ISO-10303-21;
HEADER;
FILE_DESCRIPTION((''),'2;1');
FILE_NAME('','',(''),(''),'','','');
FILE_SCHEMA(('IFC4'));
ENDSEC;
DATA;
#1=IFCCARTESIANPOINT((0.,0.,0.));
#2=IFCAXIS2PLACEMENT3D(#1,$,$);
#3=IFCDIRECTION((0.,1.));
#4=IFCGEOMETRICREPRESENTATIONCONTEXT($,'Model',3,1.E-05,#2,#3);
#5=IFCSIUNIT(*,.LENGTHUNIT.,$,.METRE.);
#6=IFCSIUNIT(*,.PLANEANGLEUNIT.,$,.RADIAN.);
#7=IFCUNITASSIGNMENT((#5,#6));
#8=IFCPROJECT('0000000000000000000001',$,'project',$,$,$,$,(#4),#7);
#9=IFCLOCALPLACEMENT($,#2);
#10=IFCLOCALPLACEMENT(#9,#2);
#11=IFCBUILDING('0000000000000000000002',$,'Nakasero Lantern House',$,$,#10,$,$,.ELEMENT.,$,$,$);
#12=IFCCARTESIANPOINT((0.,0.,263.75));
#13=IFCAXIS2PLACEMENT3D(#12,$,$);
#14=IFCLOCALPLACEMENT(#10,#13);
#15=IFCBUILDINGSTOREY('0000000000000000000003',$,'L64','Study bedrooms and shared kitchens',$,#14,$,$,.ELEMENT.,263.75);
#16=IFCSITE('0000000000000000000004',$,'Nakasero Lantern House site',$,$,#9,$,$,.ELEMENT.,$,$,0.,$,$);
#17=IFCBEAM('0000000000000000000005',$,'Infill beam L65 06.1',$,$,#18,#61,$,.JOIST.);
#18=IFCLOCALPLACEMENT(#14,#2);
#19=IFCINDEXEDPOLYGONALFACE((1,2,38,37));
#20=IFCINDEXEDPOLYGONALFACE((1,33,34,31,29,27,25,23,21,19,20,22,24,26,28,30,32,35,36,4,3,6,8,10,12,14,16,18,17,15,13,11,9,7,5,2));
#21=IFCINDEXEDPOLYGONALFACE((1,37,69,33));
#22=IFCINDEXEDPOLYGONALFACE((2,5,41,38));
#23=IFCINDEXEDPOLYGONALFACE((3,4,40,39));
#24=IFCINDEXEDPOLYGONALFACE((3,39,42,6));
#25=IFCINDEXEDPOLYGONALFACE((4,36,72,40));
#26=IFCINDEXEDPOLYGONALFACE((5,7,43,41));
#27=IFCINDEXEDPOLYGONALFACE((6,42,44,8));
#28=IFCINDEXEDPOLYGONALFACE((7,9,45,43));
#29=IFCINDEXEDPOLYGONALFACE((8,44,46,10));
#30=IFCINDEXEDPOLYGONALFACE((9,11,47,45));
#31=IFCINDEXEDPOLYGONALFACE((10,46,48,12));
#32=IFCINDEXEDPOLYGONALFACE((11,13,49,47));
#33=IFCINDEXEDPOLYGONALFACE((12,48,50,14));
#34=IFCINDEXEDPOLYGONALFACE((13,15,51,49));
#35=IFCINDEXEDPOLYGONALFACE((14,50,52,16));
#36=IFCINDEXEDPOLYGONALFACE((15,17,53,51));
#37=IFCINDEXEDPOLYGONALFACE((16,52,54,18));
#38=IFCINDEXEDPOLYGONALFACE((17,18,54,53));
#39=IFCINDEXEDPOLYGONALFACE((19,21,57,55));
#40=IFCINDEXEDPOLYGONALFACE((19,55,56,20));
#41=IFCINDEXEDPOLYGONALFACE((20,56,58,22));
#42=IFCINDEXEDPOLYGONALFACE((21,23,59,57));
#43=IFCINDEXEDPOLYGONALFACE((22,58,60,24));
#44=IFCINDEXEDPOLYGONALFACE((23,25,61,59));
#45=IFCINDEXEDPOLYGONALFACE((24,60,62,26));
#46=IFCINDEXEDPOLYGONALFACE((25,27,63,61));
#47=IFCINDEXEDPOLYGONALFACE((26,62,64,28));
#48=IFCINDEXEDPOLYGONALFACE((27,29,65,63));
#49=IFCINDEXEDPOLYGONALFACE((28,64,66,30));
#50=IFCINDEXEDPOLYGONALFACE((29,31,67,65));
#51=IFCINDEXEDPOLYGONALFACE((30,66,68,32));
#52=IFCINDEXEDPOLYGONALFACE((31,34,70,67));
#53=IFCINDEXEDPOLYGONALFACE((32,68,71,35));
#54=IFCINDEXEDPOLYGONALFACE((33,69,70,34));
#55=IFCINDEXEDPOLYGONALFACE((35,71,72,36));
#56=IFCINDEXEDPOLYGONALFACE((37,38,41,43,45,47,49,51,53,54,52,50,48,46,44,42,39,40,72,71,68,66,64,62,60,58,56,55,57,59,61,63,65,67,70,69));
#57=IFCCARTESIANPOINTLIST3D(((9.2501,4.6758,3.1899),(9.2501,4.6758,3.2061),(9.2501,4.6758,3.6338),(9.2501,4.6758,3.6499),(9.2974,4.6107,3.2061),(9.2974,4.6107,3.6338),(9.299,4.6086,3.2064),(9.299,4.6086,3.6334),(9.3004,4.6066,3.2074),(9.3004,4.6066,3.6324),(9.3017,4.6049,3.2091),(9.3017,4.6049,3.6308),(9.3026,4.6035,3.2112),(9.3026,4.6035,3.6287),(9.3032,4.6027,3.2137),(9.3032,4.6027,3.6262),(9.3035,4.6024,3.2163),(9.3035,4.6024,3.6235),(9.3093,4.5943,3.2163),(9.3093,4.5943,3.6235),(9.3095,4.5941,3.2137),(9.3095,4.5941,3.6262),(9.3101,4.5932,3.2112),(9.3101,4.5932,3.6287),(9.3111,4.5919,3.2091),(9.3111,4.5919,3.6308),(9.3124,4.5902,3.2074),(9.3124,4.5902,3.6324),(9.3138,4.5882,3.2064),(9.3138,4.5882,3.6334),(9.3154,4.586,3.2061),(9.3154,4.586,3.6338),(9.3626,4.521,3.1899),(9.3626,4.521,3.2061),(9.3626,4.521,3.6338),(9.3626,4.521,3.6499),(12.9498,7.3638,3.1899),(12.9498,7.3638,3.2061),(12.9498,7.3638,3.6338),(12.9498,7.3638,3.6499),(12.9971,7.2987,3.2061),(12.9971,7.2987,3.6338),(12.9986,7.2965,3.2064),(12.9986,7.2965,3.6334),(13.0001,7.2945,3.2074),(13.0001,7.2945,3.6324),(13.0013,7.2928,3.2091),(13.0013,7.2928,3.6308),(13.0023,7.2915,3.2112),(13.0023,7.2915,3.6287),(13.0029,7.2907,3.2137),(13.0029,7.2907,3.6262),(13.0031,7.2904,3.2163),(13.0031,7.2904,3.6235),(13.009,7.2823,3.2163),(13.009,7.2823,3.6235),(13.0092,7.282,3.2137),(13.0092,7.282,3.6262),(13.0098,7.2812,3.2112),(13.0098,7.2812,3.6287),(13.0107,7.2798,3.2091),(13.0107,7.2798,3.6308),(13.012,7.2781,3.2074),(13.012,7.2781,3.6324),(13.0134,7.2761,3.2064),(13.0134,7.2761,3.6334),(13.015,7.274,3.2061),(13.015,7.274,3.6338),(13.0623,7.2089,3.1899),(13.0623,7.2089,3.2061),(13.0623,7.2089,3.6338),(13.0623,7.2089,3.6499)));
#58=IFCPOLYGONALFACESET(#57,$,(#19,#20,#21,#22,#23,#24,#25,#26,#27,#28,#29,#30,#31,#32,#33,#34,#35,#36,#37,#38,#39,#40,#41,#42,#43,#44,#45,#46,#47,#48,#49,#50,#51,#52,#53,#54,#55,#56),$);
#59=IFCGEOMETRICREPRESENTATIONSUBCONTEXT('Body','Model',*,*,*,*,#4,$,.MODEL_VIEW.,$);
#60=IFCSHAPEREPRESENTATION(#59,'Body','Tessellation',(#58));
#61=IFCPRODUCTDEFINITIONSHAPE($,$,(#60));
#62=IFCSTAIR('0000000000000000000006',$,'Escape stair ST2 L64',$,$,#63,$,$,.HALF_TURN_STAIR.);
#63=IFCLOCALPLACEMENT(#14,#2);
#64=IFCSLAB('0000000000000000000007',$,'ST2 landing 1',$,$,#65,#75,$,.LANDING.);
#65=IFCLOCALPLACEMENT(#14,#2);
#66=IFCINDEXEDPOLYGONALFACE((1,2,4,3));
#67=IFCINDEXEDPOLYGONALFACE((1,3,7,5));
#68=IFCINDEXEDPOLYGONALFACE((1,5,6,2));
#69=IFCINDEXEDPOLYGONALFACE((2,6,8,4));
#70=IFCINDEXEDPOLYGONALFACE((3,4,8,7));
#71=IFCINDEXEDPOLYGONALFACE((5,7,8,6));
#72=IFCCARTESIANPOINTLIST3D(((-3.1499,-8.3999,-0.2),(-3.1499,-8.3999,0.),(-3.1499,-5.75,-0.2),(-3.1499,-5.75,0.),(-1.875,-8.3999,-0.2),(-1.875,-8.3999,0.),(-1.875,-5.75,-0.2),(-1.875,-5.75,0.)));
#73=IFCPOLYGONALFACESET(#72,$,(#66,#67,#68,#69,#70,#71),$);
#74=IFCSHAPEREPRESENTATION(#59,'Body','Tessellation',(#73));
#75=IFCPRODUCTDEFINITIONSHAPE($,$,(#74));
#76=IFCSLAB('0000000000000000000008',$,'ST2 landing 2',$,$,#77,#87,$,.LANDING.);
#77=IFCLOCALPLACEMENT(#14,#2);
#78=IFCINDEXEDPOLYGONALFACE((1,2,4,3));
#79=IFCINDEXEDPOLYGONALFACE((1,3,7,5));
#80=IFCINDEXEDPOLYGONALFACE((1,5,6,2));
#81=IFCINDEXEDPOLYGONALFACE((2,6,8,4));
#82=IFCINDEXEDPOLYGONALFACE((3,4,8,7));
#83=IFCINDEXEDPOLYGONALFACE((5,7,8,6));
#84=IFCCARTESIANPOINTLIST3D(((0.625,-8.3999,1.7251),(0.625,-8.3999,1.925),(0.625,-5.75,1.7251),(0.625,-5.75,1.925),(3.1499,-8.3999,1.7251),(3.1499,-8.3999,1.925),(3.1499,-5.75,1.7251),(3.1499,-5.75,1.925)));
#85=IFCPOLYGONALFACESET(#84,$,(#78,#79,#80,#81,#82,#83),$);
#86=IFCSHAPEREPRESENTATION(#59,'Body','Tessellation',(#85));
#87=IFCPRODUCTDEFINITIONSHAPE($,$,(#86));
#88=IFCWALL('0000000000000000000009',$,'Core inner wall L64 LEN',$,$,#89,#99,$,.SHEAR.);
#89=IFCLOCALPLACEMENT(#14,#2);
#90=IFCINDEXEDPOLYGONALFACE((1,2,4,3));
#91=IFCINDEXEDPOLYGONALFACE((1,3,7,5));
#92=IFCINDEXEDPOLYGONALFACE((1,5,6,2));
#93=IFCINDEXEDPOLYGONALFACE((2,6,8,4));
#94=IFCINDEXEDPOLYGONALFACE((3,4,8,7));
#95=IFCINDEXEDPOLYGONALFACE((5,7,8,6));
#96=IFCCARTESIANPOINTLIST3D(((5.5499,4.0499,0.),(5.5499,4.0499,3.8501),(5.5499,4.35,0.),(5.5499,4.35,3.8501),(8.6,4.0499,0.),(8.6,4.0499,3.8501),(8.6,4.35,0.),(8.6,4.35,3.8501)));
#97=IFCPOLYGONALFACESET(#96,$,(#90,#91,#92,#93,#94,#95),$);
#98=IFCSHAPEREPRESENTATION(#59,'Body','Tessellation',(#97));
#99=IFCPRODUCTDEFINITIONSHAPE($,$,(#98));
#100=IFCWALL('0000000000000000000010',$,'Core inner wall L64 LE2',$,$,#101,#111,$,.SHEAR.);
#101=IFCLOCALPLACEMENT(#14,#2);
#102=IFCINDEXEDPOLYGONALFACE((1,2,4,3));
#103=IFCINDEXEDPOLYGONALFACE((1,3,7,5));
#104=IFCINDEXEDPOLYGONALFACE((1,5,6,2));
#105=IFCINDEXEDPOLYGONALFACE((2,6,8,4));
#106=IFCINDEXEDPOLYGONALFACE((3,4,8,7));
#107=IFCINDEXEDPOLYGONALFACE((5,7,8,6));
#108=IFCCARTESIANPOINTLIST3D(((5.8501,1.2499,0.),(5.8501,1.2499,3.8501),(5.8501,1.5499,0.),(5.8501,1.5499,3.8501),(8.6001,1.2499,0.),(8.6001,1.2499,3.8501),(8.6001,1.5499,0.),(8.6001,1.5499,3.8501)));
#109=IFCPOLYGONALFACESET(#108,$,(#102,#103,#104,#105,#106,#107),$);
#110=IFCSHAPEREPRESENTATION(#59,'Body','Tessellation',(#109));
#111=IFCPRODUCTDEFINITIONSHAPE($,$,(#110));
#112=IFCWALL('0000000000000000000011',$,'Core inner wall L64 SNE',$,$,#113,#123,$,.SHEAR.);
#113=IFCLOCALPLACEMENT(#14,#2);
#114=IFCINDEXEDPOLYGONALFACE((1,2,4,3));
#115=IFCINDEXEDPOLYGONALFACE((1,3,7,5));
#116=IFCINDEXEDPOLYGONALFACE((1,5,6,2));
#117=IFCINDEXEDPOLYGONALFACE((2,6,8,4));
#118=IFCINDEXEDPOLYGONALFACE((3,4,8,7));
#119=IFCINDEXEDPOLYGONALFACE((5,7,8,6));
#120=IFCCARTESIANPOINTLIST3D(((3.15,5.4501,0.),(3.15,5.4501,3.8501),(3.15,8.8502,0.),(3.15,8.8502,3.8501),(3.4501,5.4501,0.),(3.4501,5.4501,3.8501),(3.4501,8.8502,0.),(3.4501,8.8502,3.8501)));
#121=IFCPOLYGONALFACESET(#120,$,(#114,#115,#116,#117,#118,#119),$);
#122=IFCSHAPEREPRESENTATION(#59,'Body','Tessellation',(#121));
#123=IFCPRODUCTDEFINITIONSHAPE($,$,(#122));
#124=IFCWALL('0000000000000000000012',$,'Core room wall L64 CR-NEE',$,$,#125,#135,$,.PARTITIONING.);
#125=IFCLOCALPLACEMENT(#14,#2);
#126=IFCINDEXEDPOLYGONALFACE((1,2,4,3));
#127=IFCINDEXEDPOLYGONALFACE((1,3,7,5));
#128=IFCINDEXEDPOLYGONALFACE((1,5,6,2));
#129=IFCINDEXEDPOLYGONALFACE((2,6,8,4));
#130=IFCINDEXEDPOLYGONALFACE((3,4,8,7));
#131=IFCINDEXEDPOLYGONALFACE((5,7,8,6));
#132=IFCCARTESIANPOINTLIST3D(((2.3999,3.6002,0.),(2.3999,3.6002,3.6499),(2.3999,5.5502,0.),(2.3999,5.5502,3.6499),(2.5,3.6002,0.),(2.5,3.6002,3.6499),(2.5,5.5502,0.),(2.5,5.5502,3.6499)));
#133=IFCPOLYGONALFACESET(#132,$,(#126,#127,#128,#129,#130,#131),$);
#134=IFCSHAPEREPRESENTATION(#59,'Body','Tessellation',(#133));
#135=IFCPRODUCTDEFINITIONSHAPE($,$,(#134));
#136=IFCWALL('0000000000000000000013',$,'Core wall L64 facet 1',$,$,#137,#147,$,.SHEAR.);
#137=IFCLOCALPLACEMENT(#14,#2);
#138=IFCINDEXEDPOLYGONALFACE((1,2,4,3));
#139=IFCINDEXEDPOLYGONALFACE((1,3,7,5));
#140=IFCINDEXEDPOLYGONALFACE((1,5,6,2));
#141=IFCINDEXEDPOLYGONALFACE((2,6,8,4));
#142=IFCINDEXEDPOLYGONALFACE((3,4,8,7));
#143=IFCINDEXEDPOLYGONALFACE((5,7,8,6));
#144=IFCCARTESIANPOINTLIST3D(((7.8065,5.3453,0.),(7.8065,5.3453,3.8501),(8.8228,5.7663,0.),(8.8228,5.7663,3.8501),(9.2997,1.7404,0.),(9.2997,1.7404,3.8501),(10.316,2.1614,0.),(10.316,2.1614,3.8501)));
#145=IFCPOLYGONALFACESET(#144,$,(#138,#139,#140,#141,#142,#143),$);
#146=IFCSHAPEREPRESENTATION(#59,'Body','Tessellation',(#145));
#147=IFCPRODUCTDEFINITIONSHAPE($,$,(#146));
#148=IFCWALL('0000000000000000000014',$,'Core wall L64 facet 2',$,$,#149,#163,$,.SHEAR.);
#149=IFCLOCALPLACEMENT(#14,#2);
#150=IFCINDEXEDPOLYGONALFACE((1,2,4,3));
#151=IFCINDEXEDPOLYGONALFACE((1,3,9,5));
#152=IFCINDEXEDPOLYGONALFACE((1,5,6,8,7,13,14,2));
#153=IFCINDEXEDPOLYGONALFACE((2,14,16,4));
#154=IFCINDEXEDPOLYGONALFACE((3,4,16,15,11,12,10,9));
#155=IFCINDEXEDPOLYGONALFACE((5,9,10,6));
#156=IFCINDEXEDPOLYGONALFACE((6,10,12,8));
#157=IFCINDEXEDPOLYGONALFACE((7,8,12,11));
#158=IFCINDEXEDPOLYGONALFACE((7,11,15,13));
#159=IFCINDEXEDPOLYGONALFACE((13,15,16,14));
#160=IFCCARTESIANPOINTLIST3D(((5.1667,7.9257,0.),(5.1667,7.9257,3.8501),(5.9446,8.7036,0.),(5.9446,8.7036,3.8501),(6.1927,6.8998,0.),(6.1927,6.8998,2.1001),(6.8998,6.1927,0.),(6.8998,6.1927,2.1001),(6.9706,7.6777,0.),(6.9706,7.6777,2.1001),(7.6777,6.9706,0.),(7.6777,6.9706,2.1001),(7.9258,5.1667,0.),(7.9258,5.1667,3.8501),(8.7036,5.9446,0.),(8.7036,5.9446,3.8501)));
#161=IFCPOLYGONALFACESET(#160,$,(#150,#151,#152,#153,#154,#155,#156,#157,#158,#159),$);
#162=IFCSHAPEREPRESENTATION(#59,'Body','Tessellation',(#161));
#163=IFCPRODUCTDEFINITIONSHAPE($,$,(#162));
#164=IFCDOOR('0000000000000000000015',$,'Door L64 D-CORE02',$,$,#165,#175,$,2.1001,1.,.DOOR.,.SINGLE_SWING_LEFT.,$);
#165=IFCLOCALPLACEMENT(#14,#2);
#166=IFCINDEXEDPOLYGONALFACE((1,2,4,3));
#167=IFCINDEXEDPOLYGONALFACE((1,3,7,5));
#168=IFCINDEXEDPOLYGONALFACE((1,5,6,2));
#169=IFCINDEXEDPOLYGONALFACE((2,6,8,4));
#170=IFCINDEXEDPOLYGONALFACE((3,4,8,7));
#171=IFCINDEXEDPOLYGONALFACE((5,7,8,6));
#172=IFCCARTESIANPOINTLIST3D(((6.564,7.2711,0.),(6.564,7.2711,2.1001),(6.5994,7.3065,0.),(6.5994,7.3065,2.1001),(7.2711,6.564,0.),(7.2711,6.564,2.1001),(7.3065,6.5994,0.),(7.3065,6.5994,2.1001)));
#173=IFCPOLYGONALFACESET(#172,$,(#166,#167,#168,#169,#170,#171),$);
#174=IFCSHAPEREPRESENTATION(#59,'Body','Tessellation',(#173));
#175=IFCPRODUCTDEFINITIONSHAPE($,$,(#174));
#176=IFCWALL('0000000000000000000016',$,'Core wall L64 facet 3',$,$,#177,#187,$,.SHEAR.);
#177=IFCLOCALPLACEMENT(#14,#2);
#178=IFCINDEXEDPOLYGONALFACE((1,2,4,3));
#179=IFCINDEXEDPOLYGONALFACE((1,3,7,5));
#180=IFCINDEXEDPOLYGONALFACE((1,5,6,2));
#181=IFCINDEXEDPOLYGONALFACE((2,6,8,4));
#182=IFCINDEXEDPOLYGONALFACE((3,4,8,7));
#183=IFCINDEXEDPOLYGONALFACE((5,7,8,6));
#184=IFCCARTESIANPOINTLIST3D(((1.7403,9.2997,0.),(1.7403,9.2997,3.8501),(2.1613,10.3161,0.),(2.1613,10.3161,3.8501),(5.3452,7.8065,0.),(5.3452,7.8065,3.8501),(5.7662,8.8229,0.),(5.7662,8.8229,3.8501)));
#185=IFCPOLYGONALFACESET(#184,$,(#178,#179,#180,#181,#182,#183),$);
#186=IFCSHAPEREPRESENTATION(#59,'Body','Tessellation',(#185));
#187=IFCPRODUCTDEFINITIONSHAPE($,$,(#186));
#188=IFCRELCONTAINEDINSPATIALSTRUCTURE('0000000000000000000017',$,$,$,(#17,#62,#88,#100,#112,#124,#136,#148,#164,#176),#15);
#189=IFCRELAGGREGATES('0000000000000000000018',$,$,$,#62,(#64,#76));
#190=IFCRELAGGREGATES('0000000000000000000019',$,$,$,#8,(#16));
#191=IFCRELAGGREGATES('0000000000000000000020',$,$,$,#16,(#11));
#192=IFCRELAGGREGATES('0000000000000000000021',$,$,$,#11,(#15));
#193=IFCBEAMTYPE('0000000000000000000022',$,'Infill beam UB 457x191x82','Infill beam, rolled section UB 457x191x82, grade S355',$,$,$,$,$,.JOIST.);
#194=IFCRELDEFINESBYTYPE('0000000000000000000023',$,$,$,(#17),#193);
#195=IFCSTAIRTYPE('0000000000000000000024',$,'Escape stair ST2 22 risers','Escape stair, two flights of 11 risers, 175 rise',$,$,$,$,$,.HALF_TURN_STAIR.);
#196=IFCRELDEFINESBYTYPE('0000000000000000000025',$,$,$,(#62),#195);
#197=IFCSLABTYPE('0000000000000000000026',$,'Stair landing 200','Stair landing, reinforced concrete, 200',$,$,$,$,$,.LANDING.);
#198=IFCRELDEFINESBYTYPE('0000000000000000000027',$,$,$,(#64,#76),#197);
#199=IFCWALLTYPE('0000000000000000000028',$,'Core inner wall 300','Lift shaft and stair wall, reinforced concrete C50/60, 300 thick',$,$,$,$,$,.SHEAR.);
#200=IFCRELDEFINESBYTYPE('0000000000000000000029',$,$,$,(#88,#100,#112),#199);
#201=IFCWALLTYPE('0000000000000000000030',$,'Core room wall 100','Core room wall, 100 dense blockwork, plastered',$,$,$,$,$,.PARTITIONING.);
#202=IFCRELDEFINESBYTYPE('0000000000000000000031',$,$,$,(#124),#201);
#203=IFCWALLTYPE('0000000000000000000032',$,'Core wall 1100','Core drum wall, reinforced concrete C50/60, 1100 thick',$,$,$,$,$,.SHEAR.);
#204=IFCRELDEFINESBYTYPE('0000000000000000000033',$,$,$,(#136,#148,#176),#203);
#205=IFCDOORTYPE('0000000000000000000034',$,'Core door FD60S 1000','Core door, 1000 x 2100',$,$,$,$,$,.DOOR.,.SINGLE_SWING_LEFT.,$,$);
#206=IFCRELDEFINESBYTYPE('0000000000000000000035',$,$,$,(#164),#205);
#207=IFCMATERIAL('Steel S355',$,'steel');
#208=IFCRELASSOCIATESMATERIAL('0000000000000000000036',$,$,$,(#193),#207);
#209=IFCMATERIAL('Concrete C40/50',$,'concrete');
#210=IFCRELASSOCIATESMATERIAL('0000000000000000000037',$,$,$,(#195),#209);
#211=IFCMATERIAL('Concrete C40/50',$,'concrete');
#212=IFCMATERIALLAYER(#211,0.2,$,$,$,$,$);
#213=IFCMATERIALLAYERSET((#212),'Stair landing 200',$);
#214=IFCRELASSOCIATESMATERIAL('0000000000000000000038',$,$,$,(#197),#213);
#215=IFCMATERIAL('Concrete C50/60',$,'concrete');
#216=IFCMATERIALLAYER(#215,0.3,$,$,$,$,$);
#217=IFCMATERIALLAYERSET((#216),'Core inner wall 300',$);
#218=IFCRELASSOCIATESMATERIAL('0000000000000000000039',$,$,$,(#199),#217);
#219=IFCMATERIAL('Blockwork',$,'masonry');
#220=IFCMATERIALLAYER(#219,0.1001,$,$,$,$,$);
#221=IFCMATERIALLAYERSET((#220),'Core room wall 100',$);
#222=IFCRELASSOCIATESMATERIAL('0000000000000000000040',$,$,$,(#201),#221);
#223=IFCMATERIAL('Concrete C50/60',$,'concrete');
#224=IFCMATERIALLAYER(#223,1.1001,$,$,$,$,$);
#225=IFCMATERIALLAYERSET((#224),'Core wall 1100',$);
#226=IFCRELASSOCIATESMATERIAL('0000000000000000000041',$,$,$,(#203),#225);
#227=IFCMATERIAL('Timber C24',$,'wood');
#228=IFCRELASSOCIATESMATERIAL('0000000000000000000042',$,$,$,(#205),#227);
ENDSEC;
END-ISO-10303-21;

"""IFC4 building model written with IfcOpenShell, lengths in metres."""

from ifc_helpers import new_model, si_unit, direction, frame, frame_2d, origin, origin_2d, place, context, subcontext, project, spatial, polyline, rectangle, i_section, outline, extrude, material, layer, layer_set, material_profile, profile_set, type_object, element, fill, aggregate, save


model = new_model("IFC4")

# Units and contexts
model_context = context("Model", 3, precision=1e-05, world=origin(), true_north=direction((0.0, 1.0)))
body_context = subcontext(model_context, "Body", "Model", "MODEL_VIEW")
ifc_project = project(units=[si_unit("LENGTHUNIT", "METRE"), si_unit("PLANEANGLEUNIT", "RADIAN")], contexts=[model_context])

# Site, building, storey
site_placement = place(None, origin())
site = spatial("IfcSite", under=ifc_project, at=site_placement, Name="Nakasero Lantern House site", CompositionType="ELEMENT", RefElevation=0.0)
building_placement = place(site_placement, origin())
building = spatial("IfcBuilding", under=site, at=building_placement, Name="Nakasero Lantern House", CompositionType="ELEMENT")
storey_placement = place(building_placement, frame((0.0, 0.0, 263.75)))
storey = spatial("IfcBuildingStorey", under=building, at=storey_placement, Name="L64", Description="Study bedrooms and shared kitchens", CompositionType="ELEMENT", Elevation=263.75)

# Beam
ifc_material_1 = material(Name="Steel S355", Category="steel")
ifc_material_profile = material_profile(ifc_material_1, i_section(OverallWidth=0.1914, OverallDepth=0.46, WebThickness=0.01, FlangeThickness=0.0161, FilletRadius=0.0103, at=origin_2d()), Name="UB 457x191x82")
ifc_profile_set = profile_set([ifc_material_profile], Name="Steel S355")
beam_type = type_object("IfcBeamType", Name="Infill beam UB 457x191x82", Description="Infill beam, rolled section UB 457x191x82, grade S355", PredefinedType="JOIST", material=ifc_profile_set)
beam_placement = place(storey_placement, frame((9.3064, 4.5984, 3.4199), z_axis=(0.809018, 0.587784, 0.0), x_axis=(-0.587784, 0.809018, 0.0)))
element("IfcBeam", 1, at=beam_placement, inside=storey, type_object=beam_type, Name="Infill beam L65 06.1", PredefinedType="JOIST", context=body_context, shape_type="SweptSolid", body=[
    extrude(i_section(OverallWidth=0.1914, OverallDepth=0.46, WebThickness=0.01, FlangeThickness=0.0161, FilletRadius=0.0103, at=origin_2d()), origin(), (0.0, 0.0, 1.0), 4.573),
])

# Stair, slabs
ifc_material_2 = material(Name="Concrete C40/50", Category="concrete")
stair_type_1 = type_object("IfcStairType", Name="Escape stair ST2 22 risers", Description="Escape stair, two flights of 11 risers, 175 rise", PredefinedType="HALF_TURN_STAIR", material=ifc_material_2)
stair_1_placement = place(storey_placement, origin())
stair_1 = element("IfcStair", 2, at=stair_1_placement, inside=storey, type_object=stair_type_1, Name="Escape stair ST2 L64", PredefinedType="HALF_TURN_STAIR")
ifc_material_3 = material(Name="Concrete C40/50", Category="concrete")
ifc_layer_1 = layer(ifc_material_3, 0.2)
ifc_layer_set_1 = layer_set([ifc_layer_1], Name="Stair landing 200")
slab_type = type_object("IfcSlabType", Name="Stair landing 200", Description="Stair landing, reinforced concrete, 200", PredefinedType="LANDING", material=ifc_layer_set_1)
slab_1_placement = place(storey_placement, frame((0.0, 0.0, -0.2)))
slab_1 = element("IfcSlab", 3, at=slab_1_placement, type_object=slab_type, Name="ST2 landing 1", PredefinedType="LANDING", context=body_context, shape_type="SweptSolid", body=[
    extrude(outline(polyline([(-3.1499, -8.3999), (-1.875, -8.3999), (-1.875, -5.75), (-3.1499, -5.75), (-3.1499, -8.3999)])), origin(), (0.0, 0.0, 1.0), 0.2),
])
slab_2_placement = place(storey_placement, frame((0.0, 0.0, 1.7251)))
slab_2 = element("IfcSlab", 4, at=slab_2_placement, type_object=slab_type, Name="ST2 landing 2", PredefinedType="LANDING", context=body_context, shape_type="SweptSolid", body=[
    extrude(outline(polyline([(0.625, -8.3999), (3.1499, -8.3999), (3.1499, -5.75), (0.625, -5.75), (0.625, -8.3999)])), origin(), (0.0, 0.0, 1.0), 0.2),
])
aggregate(stair_1, [slab_1, slab_2])

# Walls
ifc_material_4 = material(Name="Concrete C50/60", Category="concrete")
ifc_layer_2 = layer(ifc_material_4, 0.3)
ifc_layer_set_2 = layer_set([ifc_layer_2], Name="Core inner wall 300")
wall_type_1 = type_object("IfcWallType", Name="Core inner wall 300", Description="Lift shaft and stair wall, reinforced concrete C50/60, 300 thick", PredefinedType="SHEAR", material=ifc_layer_set_2)
wall_1_placement = place(storey_placement, frame((5.55, 4.2, 0.0), z_axis=(0.0, 0.0, 1.0), x_axis=(1.0, 0.0, 0.0)))
element("IfcWall", 5, at=wall_1_placement, inside=storey, type_object=wall_type_1, Name="Core inner wall L64 LEN", PredefinedType="SHEAR", context=body_context, shape_type="SweptSolid", body=[
    extrude(rectangle(XDim=3.05, YDim=0.3, at=frame_2d((1.5249, 0.0))), origin(), (0.0, 0.0, 1.0), 3.8501),
])
wall_2_placement = place(storey_placement, frame((5.8501, 1.3999, 0.0), z_axis=(0.0, 0.0, 1.0), x_axis=(1.0, 0.0, 0.0)))
element("IfcWall", 6, at=wall_2_placement, inside=storey, type_object=wall_type_1, Name="Core inner wall L64 LE2", PredefinedType="SHEAR", context=body_context, shape_type="SweptSolid", body=[
    extrude(rectangle(XDim=2.75, YDim=0.3, at=frame_2d((1.375, 0.0))), origin(), (0.0, 0.0, 1.0), 3.8501),
])
wall_3_placement = place(storey_placement, frame((3.3, 5.45, 0.0), z_axis=(0.0, 0.0, 1.0), x_axis=(0.0, 1.0, 0.0)))
element("IfcWall", 7, at=wall_3_placement, inside=storey, type_object=wall_type_1, Name="Core inner wall L64 SNE", PredefinedType="SHEAR", context=body_context, shape_type="SweptSolid", body=[
    extrude(rectangle(XDim=3.4001, YDim=0.3, at=frame_2d((1.7002, 0.0))), origin(), (0.0, 0.0, 1.0), 3.8501),
])
ifc_material_5 = material(Name="Blockwork", Category="masonry")
ifc_layer_3 = layer(ifc_material_5, 0.1001)
ifc_layer_set_3 = layer_set([ifc_layer_3], Name="Core room wall 100")
wall_type_2 = type_object("IfcWallType", Name="Core room wall 100", Description="Core room wall, 100 dense blockwork, plastered", PredefinedType="PARTITIONING", material=ifc_layer_set_3)
wall_4_placement = place(storey_placement, frame((2.45, 3.6001, 0.0), z_axis=(0.0, 0.0, 1.0), x_axis=(0.0, 1.0, 0.0)))
element("IfcWall", 8, at=wall_4_placement, inside=storey, type_object=wall_type_2, Name="Core room wall L64 CR-NEE", PredefinedType="PARTITIONING", context=body_context, shape_type="SweptSolid", body=[
    extrude(rectangle(XDim=1.95, YDim=0.1001, at=frame_2d((0.9751, 0.0))), origin(), (0.0, 0.0, 1.0), 3.6499),
])
ifc_material_6 = material(Name="Concrete C50/60", Category="concrete")
ifc_layer_4 = layer(ifc_material_6, 1.1001)
ifc_layer_set_4 = layer_set([ifc_layer_4], Name="Core wall 1100")
wall_type_3 = type_object("IfcWallType", Name="Core wall 1100", Description="Core drum wall, reinforced concrete C50/60, 1100 thick", PredefinedType="SHEAR", material=ifc_layer_set_4)
wall_5_placement = place(storey_placement, frame((9.8079, 1.9509, 0.0), z_axis=(0.0, 0.0, 1.0), x_axis=(-0.382691, 0.923877, 0.0)))
element("IfcWall", 9, at=wall_5_placement, inside=storey, type_object=wall_type_3, Name="Core wall L64 facet 1", PredefinedType="SHEAR", context=body_context, shape_type="SweptSolid", body=[
    extrude(rectangle(XDim=3.9019, YDim=1.1001, at=frame_2d((1.9509, 0.0))), origin(), (0.0, 0.0, 1.0), 3.8501),
])

# Wall, opening, door
wall_6_placement = place(storey_placement, frame((8.3147, 5.5557, 0.0), z_axis=(0.0, 0.0, 1.0), x_axis=(-0.707107, 0.707107, 0.0)))
wall_6 = element("IfcWall", 10, at=wall_6_placement, inside=storey, type_object=wall_type_3, Name="Core wall L64 facet 2", PredefinedType="SHEAR", context=body_context, shape_type="SweptSolid", body=[
    extrude(rectangle(XDim=3.9019, YDim=1.1001, at=frame_2d((1.9509, 0.0))), origin(), (0.0, 0.0, 1.0), 3.8501),
])
opening_1_placement = place(wall_6_placement, frame((1.4509, 0.0, 0.0)))
opening_1 = element("IfcOpeningElement", 11, at=opening_1_placement, cuts=wall_6, PredefinedType="OPENING", context=body_context, shape_type="SweptSolid", body=[
    extrude(rectangle(XDim=1.0, YDim=2.1001, at=frame_2d((0.5, 1.05))), frame((0.0, 0.5701, 0.0), z_axis=(0.0, -1.0, 0.0), x_axis=(1.0, 0.0, 0.0)), (0.0, 0.0, 1.0), 1.1401),
])
ifc_material_7 = material(Name="Timber C24", Category="wood")
door_type_1 = type_object("IfcDoorType", Name="Core door FD60S 1000", Description="Core door, 1000 x 2100", OperationType="SINGLE_SWING_LEFT", PredefinedType="DOOR", material=ifc_material_7)
door_1_placement = place(opening_1_placement, origin())
door_1 = element("IfcDoor", 12, at=door_1_placement, inside=storey, type_object=door_type_1, Name="Door L64 D-CORE02", OperationType="SINGLE_SWING_LEFT", OverallHeight=2.1001, OverallWidth=1.0, PredefinedType="DOOR", context=body_context, shape_type="SweptSolid", body=[
    extrude(rectangle(XDim=1.0, YDim=2.1001, at=frame_2d((0.5, 1.05))), frame((0.0, 0.0249, 0.0), z_axis=(0.0, -1.0, 0.0), x_axis=(1.0, 0.0, 0.0)), (0.0, 0.0, 1.0), 0.05),
])
fill(opening_1, door_1)

# Wall
wall_7_placement = place(storey_placement, frame((5.5557, 8.3147, 0.0), z_axis=(0.0, 0.0, 1.0), x_axis=(-0.923877, 0.382691, 0.0)))
element("IfcWall", 13, at=wall_7_placement, inside=storey, type_object=wall_type_3, Name="Core wall L64 facet 3", PredefinedType="SHEAR", context=body_context, shape_type="SweptSolid", body=[
    extrude(rectangle(XDim=3.9019, YDim=1.1001, at=frame_2d((1.9509, 0.0))), origin(), (0.0, 0.0, 1.0), 3.8501),
])

save(model, "model.ifc")
